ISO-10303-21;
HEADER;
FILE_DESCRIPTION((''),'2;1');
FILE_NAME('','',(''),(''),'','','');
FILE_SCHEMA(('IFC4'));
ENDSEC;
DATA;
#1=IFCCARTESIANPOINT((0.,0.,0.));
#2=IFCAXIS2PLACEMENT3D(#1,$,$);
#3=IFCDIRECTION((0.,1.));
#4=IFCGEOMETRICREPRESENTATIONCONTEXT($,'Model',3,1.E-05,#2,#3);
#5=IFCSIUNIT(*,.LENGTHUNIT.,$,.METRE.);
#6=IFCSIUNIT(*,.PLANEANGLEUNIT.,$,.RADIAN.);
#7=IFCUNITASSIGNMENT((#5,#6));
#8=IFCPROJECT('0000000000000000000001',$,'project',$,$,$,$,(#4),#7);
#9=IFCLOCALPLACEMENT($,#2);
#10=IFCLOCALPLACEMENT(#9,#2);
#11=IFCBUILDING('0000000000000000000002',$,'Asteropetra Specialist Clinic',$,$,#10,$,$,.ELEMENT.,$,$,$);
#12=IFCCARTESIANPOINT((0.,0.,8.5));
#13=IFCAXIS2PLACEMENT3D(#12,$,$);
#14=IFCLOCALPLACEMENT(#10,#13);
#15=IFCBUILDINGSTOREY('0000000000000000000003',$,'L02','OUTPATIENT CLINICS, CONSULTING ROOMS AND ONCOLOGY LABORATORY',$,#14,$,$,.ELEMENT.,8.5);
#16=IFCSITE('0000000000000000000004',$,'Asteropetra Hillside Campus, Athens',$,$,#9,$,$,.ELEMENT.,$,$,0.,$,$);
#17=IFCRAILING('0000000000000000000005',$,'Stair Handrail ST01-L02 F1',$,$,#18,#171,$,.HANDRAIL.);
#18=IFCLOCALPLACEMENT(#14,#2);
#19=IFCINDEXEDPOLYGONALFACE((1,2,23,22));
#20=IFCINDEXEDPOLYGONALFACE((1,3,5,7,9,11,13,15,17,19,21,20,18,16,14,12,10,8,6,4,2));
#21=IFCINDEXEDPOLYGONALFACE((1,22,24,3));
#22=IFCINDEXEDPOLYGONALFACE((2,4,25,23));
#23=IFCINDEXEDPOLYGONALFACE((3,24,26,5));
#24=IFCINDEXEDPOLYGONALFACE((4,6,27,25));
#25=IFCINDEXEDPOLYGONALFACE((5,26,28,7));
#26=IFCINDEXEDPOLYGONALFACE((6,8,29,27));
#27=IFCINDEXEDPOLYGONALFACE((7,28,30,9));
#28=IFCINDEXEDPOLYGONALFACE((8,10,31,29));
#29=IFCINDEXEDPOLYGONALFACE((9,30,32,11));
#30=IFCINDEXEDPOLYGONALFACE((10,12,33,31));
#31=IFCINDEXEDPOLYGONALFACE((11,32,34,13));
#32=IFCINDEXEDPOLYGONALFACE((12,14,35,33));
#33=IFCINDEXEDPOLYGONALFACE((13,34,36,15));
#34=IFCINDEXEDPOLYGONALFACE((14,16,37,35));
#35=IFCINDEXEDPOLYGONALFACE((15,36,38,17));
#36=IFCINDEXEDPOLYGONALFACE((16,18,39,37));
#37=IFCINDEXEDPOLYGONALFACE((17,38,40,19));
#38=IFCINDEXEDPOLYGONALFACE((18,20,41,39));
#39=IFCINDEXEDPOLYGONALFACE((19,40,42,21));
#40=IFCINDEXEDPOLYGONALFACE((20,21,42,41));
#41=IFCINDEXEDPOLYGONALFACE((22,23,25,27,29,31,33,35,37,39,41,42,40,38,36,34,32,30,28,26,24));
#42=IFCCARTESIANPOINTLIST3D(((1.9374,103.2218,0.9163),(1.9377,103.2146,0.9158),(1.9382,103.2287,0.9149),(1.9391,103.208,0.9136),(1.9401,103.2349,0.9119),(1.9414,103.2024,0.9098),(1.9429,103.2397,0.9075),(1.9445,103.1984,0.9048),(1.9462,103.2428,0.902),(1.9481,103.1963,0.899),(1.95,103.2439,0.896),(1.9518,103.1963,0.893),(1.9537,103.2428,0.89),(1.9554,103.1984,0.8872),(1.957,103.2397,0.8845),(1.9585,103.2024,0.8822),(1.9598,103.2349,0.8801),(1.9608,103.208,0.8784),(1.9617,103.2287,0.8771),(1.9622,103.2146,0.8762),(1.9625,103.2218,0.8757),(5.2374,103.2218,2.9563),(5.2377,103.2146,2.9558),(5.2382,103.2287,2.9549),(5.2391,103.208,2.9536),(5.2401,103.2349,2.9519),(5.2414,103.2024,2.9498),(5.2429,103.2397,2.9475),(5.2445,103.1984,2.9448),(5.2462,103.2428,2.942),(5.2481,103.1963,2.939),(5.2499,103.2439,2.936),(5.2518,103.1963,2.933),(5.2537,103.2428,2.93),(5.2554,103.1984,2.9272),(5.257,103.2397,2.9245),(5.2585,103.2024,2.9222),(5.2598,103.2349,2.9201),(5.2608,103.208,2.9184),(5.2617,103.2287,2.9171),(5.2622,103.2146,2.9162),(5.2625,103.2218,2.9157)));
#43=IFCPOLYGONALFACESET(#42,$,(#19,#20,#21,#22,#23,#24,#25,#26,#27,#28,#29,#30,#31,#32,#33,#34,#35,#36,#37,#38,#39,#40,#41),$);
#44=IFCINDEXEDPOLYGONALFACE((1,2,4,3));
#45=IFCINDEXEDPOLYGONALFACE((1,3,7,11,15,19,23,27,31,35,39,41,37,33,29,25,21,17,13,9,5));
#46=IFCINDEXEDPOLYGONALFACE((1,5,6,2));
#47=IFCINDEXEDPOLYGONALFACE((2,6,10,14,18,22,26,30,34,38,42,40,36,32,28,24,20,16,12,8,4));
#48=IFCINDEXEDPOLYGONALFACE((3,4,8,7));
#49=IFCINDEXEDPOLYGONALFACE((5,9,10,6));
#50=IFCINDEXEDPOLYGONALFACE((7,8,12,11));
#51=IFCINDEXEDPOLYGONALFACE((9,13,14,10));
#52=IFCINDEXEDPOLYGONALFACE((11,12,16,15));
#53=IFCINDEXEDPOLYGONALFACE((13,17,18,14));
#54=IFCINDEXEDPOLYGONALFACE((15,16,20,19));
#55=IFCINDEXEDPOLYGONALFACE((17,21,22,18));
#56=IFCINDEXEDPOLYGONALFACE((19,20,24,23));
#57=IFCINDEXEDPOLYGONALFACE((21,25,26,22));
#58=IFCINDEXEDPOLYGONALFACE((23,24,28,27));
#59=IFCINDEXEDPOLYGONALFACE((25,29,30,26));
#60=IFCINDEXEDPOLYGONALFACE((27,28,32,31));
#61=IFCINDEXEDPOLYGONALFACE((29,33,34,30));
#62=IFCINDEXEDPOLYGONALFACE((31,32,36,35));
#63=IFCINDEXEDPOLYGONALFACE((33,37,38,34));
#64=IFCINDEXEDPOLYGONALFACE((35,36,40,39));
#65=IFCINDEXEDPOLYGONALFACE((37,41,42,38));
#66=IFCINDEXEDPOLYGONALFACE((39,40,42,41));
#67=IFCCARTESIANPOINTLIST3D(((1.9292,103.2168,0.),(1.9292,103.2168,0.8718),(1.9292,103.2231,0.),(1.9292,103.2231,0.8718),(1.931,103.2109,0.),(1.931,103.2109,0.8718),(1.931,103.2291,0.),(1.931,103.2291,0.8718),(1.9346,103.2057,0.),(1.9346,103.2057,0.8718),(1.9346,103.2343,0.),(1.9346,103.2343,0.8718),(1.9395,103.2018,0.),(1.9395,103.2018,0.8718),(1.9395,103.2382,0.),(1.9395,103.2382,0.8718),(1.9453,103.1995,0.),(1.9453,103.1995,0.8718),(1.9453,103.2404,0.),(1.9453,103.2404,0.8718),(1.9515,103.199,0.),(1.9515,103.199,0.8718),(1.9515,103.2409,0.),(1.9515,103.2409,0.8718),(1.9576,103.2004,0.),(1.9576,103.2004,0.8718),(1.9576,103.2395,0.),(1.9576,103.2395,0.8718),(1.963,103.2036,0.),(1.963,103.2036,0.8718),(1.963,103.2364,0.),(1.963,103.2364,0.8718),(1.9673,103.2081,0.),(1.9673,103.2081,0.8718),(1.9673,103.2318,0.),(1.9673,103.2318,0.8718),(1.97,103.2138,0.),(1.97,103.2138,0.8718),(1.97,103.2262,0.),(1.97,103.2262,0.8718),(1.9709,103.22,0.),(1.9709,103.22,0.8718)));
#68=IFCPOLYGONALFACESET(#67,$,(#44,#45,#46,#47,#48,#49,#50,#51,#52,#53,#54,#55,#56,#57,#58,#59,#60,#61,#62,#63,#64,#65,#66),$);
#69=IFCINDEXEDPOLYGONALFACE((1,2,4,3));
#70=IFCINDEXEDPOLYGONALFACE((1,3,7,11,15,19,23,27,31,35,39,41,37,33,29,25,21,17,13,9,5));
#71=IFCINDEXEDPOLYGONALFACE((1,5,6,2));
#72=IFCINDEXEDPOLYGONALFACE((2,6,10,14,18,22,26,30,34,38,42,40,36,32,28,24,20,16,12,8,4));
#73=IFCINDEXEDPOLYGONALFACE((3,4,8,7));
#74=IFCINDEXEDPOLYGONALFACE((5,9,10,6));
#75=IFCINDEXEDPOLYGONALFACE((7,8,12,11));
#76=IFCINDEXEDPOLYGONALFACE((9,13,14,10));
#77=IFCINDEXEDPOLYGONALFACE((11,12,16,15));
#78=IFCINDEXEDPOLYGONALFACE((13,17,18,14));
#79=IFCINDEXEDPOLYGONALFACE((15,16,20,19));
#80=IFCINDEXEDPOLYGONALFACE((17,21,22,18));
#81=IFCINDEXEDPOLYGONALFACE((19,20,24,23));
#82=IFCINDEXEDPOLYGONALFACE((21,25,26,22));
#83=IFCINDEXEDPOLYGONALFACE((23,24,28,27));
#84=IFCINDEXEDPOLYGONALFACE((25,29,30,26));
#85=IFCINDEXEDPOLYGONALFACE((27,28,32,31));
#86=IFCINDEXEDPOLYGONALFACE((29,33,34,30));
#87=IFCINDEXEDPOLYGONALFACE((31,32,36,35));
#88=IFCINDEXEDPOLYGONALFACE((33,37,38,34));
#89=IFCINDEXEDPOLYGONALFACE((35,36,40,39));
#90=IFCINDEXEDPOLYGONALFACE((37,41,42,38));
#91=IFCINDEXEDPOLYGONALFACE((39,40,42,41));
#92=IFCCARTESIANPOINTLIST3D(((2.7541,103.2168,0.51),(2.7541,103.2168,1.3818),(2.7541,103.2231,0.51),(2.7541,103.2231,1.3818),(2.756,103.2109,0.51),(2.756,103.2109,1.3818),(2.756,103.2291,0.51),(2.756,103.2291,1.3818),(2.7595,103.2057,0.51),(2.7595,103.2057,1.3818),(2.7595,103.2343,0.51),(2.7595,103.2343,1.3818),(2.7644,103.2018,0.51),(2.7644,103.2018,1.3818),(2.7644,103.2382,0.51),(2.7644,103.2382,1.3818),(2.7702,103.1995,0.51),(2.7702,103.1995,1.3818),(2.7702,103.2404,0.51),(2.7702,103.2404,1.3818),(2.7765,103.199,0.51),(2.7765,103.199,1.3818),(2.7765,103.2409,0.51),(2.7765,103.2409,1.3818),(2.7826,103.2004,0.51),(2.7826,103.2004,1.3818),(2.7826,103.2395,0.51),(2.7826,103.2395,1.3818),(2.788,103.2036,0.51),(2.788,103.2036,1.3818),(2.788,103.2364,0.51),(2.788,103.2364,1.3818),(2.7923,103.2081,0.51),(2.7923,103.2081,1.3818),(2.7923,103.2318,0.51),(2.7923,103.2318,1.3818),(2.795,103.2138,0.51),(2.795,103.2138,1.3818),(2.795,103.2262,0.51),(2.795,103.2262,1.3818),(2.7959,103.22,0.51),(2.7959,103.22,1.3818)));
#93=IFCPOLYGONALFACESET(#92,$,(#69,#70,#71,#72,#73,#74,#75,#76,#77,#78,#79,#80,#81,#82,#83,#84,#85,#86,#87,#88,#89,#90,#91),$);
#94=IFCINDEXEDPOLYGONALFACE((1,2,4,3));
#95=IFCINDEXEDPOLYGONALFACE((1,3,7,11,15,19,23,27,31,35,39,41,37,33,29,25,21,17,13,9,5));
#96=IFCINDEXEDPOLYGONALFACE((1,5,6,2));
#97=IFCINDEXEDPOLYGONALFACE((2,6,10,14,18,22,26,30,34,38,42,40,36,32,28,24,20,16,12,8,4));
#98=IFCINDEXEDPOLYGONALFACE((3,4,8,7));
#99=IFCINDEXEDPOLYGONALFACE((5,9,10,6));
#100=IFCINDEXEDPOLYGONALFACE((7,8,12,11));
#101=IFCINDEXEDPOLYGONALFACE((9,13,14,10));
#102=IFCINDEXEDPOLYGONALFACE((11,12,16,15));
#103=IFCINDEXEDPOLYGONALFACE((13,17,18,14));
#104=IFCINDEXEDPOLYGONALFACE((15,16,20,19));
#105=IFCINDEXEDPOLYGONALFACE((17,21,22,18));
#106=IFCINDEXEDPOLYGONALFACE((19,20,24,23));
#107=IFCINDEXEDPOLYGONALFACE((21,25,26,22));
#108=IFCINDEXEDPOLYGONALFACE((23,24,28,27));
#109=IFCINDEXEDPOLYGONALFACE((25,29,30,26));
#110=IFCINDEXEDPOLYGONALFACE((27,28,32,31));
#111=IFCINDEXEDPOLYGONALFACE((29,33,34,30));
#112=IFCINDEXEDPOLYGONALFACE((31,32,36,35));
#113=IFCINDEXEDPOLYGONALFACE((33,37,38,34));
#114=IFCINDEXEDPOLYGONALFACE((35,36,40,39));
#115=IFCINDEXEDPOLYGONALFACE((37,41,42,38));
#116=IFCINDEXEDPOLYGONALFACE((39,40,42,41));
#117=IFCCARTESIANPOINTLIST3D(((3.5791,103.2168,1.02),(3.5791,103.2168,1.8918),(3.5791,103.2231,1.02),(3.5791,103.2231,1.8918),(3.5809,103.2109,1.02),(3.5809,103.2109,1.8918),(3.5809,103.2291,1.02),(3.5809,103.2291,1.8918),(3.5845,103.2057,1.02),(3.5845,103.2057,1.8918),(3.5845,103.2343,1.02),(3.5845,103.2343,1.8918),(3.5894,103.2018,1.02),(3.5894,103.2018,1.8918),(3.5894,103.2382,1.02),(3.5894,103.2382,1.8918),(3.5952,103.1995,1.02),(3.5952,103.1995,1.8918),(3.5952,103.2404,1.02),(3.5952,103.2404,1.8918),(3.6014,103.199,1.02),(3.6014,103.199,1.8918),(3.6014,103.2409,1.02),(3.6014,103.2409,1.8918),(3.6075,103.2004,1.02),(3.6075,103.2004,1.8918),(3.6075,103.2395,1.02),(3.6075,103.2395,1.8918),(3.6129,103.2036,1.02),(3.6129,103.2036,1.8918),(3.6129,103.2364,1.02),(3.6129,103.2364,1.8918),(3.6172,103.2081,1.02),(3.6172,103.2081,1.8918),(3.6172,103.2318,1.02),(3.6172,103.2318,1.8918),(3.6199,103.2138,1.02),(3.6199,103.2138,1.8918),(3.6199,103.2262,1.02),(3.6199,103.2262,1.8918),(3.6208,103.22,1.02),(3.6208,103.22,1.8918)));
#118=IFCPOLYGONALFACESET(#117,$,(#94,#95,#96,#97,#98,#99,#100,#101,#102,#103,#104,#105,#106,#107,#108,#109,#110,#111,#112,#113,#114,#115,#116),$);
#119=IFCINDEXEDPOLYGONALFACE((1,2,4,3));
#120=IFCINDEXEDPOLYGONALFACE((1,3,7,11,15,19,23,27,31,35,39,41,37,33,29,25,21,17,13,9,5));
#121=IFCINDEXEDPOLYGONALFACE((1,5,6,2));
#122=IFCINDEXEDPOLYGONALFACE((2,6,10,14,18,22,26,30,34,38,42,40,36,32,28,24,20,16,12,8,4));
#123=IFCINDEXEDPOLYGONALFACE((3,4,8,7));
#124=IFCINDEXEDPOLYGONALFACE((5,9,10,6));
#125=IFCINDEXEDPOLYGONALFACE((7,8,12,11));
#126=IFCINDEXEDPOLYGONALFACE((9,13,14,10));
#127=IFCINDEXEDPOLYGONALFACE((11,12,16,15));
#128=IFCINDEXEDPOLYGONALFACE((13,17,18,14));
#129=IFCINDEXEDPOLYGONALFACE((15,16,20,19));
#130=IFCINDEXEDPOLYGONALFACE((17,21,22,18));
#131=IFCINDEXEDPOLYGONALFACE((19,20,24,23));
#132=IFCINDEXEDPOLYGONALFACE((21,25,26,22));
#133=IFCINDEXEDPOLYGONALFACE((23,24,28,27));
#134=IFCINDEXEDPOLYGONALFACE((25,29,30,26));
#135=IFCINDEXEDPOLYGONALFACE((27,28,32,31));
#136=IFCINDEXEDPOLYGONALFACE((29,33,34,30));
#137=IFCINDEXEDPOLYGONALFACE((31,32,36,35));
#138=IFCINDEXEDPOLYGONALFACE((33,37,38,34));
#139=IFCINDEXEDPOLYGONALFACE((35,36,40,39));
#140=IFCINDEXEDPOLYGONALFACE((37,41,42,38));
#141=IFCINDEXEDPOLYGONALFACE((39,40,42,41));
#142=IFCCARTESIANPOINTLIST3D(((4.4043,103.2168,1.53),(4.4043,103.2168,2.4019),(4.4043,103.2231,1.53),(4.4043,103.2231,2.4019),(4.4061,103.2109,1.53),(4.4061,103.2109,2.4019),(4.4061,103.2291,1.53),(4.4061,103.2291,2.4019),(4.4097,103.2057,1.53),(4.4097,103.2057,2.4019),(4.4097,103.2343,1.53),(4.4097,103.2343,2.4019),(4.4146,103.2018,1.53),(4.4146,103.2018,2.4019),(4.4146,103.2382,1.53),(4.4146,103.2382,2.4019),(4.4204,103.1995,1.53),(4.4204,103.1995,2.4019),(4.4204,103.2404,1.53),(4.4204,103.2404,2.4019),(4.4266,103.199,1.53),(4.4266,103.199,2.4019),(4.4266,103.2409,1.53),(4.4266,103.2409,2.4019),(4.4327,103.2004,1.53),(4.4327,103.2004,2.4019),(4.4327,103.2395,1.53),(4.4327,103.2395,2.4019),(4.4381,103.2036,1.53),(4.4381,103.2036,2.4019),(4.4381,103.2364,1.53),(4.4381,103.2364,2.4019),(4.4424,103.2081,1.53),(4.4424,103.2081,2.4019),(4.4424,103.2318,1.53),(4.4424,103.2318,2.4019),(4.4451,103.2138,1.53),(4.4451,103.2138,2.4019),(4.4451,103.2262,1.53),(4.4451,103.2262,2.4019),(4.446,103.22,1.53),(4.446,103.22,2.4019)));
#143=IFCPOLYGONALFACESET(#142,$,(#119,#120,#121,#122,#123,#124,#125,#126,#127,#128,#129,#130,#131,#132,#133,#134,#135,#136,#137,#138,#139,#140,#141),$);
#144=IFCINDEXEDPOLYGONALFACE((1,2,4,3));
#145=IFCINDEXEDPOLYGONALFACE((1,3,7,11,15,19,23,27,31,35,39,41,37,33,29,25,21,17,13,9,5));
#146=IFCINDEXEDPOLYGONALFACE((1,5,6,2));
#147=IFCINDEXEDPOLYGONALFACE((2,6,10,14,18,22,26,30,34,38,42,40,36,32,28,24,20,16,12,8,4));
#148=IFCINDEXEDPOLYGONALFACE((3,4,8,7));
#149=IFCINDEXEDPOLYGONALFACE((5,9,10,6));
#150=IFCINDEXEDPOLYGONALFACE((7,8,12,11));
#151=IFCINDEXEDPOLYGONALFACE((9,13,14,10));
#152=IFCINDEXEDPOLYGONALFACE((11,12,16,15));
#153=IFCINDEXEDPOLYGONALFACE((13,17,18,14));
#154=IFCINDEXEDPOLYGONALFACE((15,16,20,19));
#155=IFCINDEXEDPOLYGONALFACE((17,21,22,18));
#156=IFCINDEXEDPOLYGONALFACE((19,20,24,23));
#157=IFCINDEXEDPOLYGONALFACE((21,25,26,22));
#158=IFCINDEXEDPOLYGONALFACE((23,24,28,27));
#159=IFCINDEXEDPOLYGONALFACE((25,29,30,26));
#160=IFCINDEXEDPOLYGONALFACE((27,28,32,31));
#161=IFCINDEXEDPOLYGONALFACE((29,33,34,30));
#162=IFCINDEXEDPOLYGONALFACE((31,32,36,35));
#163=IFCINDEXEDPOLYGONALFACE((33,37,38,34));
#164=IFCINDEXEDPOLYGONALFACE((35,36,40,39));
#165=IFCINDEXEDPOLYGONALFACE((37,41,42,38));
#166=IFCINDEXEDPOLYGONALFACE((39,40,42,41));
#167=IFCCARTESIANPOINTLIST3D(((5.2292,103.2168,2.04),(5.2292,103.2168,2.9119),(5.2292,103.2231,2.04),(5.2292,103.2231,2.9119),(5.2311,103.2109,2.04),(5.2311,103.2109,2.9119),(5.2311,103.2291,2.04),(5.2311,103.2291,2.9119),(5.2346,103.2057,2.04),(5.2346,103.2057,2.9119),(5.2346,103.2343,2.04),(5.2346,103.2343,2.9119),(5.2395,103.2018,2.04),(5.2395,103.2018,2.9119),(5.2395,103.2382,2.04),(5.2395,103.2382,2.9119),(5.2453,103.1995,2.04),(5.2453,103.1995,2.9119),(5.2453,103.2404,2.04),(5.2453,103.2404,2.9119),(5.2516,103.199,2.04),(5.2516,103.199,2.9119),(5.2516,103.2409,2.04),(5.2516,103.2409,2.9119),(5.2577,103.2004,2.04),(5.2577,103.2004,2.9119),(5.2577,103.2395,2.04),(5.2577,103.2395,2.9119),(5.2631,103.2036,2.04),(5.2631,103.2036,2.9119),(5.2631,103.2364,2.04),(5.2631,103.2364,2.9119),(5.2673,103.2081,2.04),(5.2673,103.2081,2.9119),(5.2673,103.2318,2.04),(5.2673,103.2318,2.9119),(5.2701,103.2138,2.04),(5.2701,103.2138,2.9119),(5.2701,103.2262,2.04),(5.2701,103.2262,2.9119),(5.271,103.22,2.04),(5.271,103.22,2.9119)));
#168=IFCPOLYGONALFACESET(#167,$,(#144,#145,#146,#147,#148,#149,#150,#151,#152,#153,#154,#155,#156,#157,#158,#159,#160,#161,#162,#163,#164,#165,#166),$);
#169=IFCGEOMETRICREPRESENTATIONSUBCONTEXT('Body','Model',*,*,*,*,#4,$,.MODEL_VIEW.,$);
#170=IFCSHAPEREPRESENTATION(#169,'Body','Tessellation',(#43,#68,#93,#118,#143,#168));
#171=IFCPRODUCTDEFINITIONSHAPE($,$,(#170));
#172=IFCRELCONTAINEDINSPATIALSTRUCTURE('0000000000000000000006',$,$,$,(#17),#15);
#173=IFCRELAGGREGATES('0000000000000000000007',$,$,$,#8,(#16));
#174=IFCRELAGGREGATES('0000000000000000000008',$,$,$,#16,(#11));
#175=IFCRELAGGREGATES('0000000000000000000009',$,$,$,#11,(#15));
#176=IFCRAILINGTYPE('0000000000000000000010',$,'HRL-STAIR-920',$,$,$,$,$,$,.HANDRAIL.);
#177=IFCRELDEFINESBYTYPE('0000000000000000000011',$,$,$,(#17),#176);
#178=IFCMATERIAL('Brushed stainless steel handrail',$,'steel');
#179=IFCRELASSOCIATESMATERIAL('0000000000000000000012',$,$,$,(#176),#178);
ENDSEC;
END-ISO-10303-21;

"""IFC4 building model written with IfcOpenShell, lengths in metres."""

from ifc_helpers import new_model, si_unit, direction, frame, origin, origin_2d, place, context, subcontext, project, spatial, circle, extrude, material, type_object, element, save


model = new_model("IFC4")

# Units and contexts
model_context = context("Model", 3, precision=1e-05, world=origin(), true_north=direction((0.0, 1.0)))
body_context = subcontext(model_context, "Body", "Model", "MODEL_VIEW")
ifc_project = project(units=[si_unit("LENGTHUNIT", "METRE"), si_unit("PLANEANGLEUNIT", "RADIAN")], contexts=[model_context])

# Site, building, storey
site_placement = place(None, origin())
site = spatial("IfcSite", under=ifc_project, at=site_placement, Name="Asteropetra Hillside Campus, Athens", CompositionType="ELEMENT", RefElevation=0.0)
building_placement = place(site_placement, origin())
building = spatial("IfcBuilding", under=site, at=building_placement, Name="Asteropetra Specialist Clinic", CompositionType="ELEMENT")
storey_placement = place(building_placement, frame((0.0, 0.0, 8.5)))
storey = spatial("IfcBuildingStorey", under=building, at=storey_placement, Name="L02", Description="OUTPATIENT CLINICS, CONSULTING ROOMS AND ONCOLOGY LABORATORY", CompositionType="ELEMENT", Elevation=8.5)

# Railing
ifc_material_1 = material(Name="Brushed stainless steel handrail", Category="steel")
railing_type_1 = type_object("IfcRailingType", Name="HRL-STAIR-920", PredefinedType="HANDRAIL", material=ifc_material_1)
railing_1_placement = place(storey_placement, frame((1.95, 103.22, 0.0)))
element("IfcRailing", 1, at=railing_1_placement, inside=storey, type_object=railing_type_1, Name="Stair Handrail ST01-L02 F1", PredefinedType="HANDRAIL", context=body_context, shape_type="SweptSolid", body=[
    extrude(circle(Radius=0.0239, at=origin_2d()), frame((0.0, 0.0, 0.896), z_axis=(0.850594, 0.0, 0.525824), x_axis=(0.0, 1.0, 0.0)), (0.0, 0.0, 1.0), 3.8796),
    extrude(circle(Radius=0.021, at=origin_2d()), origin(), (0.0, 0.0, 1.0), 0.8718),
    extrude(circle(Radius=0.021, at=origin_2d()), frame((0.825, 0.0, 0.51)), (0.0, 0.0, 1.0), 0.8718),
    extrude(circle(Radius=0.021, at=origin_2d()), frame((1.6499, 0.0, 1.02)), (0.0, 0.0, 1.0), 0.8718),
    extrude(circle(Radius=0.021, at=origin_2d()), frame((2.4751, 0.0, 1.53)), (0.0, 0.0, 1.0), 0.8718),
    extrude(circle(Radius=0.021, at=origin_2d()), frame((3.3, 0.0, 2.04)), (0.0, 0.0, 1.0), 0.8718),
])

save(model, "model.ifc")
